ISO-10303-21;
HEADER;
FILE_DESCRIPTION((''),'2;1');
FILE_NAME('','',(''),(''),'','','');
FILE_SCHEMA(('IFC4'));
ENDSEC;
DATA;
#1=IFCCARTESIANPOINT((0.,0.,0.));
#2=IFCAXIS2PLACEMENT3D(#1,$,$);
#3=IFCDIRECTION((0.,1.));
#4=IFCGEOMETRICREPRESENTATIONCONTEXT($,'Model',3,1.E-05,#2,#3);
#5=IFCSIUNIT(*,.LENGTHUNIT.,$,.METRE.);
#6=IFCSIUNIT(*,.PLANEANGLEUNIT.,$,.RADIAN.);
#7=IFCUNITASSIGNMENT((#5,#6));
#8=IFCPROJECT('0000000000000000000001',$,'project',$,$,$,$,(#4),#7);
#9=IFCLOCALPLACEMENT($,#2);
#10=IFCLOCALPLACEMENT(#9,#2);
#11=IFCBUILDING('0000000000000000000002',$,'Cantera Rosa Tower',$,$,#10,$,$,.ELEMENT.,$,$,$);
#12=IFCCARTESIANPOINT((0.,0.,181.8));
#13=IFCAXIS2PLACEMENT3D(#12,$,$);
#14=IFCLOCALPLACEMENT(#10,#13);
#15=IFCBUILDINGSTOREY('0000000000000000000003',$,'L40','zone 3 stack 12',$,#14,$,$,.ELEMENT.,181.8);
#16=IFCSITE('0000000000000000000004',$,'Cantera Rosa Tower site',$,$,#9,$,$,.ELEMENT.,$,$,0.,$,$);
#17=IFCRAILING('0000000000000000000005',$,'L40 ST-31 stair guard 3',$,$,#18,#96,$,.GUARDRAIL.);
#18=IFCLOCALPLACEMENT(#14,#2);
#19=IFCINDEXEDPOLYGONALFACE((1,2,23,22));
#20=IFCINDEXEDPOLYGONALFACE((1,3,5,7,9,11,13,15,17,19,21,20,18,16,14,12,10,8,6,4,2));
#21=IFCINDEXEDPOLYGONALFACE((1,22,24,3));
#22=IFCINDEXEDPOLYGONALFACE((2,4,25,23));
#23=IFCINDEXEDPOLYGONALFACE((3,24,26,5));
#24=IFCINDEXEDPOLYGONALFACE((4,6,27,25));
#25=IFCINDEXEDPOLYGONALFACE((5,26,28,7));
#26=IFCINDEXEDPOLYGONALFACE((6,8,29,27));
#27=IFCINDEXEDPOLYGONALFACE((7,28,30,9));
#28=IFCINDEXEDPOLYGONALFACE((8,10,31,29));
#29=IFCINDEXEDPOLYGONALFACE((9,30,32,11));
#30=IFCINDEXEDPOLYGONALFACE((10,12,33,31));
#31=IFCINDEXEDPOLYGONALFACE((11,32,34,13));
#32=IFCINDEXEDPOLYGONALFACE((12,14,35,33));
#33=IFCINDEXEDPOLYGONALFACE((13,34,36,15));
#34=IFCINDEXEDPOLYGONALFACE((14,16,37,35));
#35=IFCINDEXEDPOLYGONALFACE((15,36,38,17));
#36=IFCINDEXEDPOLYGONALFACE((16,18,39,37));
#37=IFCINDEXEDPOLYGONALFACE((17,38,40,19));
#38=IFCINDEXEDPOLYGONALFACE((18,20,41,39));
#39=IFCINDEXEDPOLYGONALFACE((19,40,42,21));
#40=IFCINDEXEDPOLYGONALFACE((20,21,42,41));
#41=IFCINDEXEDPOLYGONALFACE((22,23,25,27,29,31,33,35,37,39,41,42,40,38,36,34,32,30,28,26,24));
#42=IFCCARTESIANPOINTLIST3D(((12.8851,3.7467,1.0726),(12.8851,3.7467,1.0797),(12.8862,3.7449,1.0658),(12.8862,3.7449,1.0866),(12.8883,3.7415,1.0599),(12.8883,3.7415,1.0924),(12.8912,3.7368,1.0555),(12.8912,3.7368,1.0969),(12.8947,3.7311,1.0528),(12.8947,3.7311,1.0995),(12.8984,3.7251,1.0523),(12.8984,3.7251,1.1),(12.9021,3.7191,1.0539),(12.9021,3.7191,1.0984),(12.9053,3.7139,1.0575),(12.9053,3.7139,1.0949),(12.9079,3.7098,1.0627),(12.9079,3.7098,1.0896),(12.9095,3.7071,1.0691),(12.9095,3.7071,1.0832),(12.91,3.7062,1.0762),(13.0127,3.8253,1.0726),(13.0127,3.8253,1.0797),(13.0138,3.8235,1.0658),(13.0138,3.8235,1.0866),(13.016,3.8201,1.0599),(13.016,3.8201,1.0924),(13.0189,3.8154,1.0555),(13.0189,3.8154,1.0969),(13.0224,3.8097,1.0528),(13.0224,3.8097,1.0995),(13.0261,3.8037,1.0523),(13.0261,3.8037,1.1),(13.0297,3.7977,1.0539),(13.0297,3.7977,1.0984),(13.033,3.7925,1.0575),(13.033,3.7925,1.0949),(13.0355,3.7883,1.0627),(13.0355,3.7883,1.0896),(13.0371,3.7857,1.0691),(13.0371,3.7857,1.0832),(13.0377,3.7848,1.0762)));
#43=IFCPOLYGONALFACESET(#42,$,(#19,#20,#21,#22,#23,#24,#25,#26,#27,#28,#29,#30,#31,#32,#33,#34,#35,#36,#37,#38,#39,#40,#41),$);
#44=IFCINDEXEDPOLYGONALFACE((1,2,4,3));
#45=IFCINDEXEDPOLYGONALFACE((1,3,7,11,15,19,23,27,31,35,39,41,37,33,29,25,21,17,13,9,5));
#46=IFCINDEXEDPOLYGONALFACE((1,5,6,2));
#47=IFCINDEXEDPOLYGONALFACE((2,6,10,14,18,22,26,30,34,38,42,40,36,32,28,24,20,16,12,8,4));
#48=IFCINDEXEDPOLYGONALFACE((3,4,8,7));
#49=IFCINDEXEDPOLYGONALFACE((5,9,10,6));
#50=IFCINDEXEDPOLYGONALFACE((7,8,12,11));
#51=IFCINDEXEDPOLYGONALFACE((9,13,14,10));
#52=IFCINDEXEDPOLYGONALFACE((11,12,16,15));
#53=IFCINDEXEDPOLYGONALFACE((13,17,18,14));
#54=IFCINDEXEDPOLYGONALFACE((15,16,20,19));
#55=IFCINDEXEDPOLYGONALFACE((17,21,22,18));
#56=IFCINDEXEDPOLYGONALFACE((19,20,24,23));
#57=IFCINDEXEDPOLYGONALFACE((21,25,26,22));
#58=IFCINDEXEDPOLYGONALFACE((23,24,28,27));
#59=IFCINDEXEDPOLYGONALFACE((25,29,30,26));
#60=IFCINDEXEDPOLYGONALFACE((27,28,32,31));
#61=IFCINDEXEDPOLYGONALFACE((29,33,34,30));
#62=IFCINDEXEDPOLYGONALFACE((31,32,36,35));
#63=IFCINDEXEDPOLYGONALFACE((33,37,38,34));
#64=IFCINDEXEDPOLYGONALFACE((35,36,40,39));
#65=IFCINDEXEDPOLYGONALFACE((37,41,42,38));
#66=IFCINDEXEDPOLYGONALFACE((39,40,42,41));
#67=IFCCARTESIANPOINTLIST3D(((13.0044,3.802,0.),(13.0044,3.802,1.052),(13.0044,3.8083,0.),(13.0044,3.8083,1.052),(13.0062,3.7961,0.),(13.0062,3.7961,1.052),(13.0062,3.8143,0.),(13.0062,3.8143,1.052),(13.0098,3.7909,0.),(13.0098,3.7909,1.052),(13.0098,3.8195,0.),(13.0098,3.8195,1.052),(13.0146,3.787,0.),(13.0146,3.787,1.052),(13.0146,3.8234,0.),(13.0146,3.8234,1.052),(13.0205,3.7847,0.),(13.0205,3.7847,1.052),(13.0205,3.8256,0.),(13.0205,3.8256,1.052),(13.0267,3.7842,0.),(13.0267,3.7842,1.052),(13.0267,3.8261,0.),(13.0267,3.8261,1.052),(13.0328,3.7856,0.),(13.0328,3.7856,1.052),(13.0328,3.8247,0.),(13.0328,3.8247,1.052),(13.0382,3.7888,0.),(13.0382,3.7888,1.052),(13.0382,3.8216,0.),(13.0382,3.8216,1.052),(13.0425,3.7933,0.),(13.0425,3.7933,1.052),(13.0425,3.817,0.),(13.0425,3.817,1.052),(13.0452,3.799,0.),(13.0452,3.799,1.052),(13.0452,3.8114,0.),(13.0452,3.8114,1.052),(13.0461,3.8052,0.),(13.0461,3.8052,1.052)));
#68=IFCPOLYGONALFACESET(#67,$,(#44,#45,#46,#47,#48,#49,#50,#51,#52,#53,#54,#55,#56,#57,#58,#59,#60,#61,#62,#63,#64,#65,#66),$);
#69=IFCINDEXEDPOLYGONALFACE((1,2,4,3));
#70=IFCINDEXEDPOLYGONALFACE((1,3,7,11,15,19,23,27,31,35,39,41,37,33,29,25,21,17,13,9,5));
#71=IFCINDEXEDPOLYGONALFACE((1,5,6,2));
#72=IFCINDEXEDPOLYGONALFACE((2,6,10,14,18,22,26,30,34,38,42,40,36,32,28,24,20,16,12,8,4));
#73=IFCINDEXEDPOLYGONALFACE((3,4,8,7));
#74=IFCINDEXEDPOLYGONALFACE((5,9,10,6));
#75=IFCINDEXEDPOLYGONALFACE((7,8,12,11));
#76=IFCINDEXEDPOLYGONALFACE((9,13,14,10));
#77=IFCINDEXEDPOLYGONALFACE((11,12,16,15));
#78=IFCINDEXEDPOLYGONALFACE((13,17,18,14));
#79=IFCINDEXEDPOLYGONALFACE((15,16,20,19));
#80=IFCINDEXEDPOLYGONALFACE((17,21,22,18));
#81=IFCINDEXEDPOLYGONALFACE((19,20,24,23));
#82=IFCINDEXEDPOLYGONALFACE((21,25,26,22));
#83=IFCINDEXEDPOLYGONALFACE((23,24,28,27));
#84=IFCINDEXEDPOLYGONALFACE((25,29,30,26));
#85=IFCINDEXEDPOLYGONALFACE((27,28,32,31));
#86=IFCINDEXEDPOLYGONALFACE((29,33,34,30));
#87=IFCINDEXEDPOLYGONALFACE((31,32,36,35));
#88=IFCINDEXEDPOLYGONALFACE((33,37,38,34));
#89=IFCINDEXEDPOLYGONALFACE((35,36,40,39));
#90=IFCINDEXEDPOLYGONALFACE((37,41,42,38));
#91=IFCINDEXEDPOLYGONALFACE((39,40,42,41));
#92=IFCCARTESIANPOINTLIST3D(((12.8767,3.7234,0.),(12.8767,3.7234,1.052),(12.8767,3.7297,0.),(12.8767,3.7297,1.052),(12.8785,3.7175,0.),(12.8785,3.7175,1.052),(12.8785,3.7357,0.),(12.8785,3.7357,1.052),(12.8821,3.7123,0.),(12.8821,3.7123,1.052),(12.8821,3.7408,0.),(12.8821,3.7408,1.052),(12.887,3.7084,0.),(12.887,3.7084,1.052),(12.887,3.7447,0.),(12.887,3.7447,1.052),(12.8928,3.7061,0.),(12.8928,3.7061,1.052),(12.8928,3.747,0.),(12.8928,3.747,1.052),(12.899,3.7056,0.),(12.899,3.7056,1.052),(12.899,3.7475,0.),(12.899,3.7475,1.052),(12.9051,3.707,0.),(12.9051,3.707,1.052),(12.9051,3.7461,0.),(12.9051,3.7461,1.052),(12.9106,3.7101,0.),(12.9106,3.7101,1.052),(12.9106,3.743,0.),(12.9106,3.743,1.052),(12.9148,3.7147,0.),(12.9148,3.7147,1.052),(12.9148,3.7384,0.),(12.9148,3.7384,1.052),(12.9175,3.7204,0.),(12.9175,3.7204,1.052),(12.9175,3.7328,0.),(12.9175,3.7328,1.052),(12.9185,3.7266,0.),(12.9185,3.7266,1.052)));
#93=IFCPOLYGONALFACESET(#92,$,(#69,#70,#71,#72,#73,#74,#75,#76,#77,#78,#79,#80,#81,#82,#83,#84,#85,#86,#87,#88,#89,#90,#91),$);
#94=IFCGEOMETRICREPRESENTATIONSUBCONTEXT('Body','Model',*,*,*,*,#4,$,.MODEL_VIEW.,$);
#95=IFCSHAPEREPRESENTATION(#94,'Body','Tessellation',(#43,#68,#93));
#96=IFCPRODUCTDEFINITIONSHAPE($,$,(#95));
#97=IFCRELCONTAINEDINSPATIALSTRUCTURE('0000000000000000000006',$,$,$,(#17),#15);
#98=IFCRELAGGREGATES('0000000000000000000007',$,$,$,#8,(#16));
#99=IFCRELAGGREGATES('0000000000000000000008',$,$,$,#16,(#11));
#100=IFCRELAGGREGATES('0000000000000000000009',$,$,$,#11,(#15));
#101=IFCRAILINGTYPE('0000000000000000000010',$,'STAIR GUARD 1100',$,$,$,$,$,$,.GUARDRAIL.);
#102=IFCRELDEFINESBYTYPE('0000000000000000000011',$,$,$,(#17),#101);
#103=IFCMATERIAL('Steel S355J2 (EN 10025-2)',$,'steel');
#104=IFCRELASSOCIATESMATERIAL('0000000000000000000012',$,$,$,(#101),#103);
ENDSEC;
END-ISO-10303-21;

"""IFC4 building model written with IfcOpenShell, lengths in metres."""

from ifc_helpers import new_model, si_unit, direction, frame, origin, origin_2d, place, context, subcontext, project, spatial, circle, extrude, material, type_object, element, save


model = new_model("IFC4")

# Units and contexts
model_context = context("Model", 3, precision=1e-05, world=origin(), true_north=direction((0.0, 1.0)))
body_context = subcontext(model_context, "Body", "Model", "MODEL_VIEW")
ifc_project = project(units=[si_unit("LENGTHUNIT", "METRE"), si_unit("PLANEANGLEUNIT", "RADIAN")], contexts=[model_context])

# Site, building, storey
site_placement = place(None, origin())
site = spatial("IfcSite", under=ifc_project, at=site_placement, Name="Cantera Rosa Tower site", CompositionType="ELEMENT", RefElevation=0.0)
building_placement = place(site_placement, origin())
building = spatial("IfcBuilding", under=site, at=building_placement, Name="Cantera Rosa Tower", CompositionType="ELEMENT")
storey_placement = place(building_placement, frame((0.0, 0.0, 181.8)))
storey = spatial("IfcBuildingStorey", under=building, at=storey_placement, Name="L40", Description="zone 3 stack 12", CompositionType="ELEMENT", Elevation=181.8)

# Railing
ifc_material_1 = material(Name="Steel S355J2 (EN 10025-2)", Category="steel")
railing_type_1 = type_object("IfcRailingType", Name="STAIR GUARD 1100", PredefinedType="GUARDRAIL", material=ifc_material_1)
railing_1_placement = place(storey_placement, frame((13.0251, 3.8052, 0.0)))
element("IfcRailing", 1, at=railing_1_placement, inside=storey, type_object=railing_type_1, Name="L40 ST-31 stair guard 3", PredefinedType="GUARDRAIL", context=body_context, shape_type="SweptSolid", body=[
    extrude(circle(Radius=0.0239, at=origin_2d()), frame((0.0, 0.0, 1.0762), z_axis=(-0.851546, -0.524279, 0.0), x_axis=(0.524279, -0.851546, 0.0)), (0.0, 0.0, 1.0), 0.1499),
    extrude(circle(Radius=0.021, at=origin_2d()), origin(), (0.0, 0.0, 1.0), 1.052),
    extrude(circle(Radius=0.021, at=origin_2d()), frame((-0.1277, -0.0786, 0.0)), (0.0, 0.0, 1.0), 1.052),
])

save(model, "model.ifc")
